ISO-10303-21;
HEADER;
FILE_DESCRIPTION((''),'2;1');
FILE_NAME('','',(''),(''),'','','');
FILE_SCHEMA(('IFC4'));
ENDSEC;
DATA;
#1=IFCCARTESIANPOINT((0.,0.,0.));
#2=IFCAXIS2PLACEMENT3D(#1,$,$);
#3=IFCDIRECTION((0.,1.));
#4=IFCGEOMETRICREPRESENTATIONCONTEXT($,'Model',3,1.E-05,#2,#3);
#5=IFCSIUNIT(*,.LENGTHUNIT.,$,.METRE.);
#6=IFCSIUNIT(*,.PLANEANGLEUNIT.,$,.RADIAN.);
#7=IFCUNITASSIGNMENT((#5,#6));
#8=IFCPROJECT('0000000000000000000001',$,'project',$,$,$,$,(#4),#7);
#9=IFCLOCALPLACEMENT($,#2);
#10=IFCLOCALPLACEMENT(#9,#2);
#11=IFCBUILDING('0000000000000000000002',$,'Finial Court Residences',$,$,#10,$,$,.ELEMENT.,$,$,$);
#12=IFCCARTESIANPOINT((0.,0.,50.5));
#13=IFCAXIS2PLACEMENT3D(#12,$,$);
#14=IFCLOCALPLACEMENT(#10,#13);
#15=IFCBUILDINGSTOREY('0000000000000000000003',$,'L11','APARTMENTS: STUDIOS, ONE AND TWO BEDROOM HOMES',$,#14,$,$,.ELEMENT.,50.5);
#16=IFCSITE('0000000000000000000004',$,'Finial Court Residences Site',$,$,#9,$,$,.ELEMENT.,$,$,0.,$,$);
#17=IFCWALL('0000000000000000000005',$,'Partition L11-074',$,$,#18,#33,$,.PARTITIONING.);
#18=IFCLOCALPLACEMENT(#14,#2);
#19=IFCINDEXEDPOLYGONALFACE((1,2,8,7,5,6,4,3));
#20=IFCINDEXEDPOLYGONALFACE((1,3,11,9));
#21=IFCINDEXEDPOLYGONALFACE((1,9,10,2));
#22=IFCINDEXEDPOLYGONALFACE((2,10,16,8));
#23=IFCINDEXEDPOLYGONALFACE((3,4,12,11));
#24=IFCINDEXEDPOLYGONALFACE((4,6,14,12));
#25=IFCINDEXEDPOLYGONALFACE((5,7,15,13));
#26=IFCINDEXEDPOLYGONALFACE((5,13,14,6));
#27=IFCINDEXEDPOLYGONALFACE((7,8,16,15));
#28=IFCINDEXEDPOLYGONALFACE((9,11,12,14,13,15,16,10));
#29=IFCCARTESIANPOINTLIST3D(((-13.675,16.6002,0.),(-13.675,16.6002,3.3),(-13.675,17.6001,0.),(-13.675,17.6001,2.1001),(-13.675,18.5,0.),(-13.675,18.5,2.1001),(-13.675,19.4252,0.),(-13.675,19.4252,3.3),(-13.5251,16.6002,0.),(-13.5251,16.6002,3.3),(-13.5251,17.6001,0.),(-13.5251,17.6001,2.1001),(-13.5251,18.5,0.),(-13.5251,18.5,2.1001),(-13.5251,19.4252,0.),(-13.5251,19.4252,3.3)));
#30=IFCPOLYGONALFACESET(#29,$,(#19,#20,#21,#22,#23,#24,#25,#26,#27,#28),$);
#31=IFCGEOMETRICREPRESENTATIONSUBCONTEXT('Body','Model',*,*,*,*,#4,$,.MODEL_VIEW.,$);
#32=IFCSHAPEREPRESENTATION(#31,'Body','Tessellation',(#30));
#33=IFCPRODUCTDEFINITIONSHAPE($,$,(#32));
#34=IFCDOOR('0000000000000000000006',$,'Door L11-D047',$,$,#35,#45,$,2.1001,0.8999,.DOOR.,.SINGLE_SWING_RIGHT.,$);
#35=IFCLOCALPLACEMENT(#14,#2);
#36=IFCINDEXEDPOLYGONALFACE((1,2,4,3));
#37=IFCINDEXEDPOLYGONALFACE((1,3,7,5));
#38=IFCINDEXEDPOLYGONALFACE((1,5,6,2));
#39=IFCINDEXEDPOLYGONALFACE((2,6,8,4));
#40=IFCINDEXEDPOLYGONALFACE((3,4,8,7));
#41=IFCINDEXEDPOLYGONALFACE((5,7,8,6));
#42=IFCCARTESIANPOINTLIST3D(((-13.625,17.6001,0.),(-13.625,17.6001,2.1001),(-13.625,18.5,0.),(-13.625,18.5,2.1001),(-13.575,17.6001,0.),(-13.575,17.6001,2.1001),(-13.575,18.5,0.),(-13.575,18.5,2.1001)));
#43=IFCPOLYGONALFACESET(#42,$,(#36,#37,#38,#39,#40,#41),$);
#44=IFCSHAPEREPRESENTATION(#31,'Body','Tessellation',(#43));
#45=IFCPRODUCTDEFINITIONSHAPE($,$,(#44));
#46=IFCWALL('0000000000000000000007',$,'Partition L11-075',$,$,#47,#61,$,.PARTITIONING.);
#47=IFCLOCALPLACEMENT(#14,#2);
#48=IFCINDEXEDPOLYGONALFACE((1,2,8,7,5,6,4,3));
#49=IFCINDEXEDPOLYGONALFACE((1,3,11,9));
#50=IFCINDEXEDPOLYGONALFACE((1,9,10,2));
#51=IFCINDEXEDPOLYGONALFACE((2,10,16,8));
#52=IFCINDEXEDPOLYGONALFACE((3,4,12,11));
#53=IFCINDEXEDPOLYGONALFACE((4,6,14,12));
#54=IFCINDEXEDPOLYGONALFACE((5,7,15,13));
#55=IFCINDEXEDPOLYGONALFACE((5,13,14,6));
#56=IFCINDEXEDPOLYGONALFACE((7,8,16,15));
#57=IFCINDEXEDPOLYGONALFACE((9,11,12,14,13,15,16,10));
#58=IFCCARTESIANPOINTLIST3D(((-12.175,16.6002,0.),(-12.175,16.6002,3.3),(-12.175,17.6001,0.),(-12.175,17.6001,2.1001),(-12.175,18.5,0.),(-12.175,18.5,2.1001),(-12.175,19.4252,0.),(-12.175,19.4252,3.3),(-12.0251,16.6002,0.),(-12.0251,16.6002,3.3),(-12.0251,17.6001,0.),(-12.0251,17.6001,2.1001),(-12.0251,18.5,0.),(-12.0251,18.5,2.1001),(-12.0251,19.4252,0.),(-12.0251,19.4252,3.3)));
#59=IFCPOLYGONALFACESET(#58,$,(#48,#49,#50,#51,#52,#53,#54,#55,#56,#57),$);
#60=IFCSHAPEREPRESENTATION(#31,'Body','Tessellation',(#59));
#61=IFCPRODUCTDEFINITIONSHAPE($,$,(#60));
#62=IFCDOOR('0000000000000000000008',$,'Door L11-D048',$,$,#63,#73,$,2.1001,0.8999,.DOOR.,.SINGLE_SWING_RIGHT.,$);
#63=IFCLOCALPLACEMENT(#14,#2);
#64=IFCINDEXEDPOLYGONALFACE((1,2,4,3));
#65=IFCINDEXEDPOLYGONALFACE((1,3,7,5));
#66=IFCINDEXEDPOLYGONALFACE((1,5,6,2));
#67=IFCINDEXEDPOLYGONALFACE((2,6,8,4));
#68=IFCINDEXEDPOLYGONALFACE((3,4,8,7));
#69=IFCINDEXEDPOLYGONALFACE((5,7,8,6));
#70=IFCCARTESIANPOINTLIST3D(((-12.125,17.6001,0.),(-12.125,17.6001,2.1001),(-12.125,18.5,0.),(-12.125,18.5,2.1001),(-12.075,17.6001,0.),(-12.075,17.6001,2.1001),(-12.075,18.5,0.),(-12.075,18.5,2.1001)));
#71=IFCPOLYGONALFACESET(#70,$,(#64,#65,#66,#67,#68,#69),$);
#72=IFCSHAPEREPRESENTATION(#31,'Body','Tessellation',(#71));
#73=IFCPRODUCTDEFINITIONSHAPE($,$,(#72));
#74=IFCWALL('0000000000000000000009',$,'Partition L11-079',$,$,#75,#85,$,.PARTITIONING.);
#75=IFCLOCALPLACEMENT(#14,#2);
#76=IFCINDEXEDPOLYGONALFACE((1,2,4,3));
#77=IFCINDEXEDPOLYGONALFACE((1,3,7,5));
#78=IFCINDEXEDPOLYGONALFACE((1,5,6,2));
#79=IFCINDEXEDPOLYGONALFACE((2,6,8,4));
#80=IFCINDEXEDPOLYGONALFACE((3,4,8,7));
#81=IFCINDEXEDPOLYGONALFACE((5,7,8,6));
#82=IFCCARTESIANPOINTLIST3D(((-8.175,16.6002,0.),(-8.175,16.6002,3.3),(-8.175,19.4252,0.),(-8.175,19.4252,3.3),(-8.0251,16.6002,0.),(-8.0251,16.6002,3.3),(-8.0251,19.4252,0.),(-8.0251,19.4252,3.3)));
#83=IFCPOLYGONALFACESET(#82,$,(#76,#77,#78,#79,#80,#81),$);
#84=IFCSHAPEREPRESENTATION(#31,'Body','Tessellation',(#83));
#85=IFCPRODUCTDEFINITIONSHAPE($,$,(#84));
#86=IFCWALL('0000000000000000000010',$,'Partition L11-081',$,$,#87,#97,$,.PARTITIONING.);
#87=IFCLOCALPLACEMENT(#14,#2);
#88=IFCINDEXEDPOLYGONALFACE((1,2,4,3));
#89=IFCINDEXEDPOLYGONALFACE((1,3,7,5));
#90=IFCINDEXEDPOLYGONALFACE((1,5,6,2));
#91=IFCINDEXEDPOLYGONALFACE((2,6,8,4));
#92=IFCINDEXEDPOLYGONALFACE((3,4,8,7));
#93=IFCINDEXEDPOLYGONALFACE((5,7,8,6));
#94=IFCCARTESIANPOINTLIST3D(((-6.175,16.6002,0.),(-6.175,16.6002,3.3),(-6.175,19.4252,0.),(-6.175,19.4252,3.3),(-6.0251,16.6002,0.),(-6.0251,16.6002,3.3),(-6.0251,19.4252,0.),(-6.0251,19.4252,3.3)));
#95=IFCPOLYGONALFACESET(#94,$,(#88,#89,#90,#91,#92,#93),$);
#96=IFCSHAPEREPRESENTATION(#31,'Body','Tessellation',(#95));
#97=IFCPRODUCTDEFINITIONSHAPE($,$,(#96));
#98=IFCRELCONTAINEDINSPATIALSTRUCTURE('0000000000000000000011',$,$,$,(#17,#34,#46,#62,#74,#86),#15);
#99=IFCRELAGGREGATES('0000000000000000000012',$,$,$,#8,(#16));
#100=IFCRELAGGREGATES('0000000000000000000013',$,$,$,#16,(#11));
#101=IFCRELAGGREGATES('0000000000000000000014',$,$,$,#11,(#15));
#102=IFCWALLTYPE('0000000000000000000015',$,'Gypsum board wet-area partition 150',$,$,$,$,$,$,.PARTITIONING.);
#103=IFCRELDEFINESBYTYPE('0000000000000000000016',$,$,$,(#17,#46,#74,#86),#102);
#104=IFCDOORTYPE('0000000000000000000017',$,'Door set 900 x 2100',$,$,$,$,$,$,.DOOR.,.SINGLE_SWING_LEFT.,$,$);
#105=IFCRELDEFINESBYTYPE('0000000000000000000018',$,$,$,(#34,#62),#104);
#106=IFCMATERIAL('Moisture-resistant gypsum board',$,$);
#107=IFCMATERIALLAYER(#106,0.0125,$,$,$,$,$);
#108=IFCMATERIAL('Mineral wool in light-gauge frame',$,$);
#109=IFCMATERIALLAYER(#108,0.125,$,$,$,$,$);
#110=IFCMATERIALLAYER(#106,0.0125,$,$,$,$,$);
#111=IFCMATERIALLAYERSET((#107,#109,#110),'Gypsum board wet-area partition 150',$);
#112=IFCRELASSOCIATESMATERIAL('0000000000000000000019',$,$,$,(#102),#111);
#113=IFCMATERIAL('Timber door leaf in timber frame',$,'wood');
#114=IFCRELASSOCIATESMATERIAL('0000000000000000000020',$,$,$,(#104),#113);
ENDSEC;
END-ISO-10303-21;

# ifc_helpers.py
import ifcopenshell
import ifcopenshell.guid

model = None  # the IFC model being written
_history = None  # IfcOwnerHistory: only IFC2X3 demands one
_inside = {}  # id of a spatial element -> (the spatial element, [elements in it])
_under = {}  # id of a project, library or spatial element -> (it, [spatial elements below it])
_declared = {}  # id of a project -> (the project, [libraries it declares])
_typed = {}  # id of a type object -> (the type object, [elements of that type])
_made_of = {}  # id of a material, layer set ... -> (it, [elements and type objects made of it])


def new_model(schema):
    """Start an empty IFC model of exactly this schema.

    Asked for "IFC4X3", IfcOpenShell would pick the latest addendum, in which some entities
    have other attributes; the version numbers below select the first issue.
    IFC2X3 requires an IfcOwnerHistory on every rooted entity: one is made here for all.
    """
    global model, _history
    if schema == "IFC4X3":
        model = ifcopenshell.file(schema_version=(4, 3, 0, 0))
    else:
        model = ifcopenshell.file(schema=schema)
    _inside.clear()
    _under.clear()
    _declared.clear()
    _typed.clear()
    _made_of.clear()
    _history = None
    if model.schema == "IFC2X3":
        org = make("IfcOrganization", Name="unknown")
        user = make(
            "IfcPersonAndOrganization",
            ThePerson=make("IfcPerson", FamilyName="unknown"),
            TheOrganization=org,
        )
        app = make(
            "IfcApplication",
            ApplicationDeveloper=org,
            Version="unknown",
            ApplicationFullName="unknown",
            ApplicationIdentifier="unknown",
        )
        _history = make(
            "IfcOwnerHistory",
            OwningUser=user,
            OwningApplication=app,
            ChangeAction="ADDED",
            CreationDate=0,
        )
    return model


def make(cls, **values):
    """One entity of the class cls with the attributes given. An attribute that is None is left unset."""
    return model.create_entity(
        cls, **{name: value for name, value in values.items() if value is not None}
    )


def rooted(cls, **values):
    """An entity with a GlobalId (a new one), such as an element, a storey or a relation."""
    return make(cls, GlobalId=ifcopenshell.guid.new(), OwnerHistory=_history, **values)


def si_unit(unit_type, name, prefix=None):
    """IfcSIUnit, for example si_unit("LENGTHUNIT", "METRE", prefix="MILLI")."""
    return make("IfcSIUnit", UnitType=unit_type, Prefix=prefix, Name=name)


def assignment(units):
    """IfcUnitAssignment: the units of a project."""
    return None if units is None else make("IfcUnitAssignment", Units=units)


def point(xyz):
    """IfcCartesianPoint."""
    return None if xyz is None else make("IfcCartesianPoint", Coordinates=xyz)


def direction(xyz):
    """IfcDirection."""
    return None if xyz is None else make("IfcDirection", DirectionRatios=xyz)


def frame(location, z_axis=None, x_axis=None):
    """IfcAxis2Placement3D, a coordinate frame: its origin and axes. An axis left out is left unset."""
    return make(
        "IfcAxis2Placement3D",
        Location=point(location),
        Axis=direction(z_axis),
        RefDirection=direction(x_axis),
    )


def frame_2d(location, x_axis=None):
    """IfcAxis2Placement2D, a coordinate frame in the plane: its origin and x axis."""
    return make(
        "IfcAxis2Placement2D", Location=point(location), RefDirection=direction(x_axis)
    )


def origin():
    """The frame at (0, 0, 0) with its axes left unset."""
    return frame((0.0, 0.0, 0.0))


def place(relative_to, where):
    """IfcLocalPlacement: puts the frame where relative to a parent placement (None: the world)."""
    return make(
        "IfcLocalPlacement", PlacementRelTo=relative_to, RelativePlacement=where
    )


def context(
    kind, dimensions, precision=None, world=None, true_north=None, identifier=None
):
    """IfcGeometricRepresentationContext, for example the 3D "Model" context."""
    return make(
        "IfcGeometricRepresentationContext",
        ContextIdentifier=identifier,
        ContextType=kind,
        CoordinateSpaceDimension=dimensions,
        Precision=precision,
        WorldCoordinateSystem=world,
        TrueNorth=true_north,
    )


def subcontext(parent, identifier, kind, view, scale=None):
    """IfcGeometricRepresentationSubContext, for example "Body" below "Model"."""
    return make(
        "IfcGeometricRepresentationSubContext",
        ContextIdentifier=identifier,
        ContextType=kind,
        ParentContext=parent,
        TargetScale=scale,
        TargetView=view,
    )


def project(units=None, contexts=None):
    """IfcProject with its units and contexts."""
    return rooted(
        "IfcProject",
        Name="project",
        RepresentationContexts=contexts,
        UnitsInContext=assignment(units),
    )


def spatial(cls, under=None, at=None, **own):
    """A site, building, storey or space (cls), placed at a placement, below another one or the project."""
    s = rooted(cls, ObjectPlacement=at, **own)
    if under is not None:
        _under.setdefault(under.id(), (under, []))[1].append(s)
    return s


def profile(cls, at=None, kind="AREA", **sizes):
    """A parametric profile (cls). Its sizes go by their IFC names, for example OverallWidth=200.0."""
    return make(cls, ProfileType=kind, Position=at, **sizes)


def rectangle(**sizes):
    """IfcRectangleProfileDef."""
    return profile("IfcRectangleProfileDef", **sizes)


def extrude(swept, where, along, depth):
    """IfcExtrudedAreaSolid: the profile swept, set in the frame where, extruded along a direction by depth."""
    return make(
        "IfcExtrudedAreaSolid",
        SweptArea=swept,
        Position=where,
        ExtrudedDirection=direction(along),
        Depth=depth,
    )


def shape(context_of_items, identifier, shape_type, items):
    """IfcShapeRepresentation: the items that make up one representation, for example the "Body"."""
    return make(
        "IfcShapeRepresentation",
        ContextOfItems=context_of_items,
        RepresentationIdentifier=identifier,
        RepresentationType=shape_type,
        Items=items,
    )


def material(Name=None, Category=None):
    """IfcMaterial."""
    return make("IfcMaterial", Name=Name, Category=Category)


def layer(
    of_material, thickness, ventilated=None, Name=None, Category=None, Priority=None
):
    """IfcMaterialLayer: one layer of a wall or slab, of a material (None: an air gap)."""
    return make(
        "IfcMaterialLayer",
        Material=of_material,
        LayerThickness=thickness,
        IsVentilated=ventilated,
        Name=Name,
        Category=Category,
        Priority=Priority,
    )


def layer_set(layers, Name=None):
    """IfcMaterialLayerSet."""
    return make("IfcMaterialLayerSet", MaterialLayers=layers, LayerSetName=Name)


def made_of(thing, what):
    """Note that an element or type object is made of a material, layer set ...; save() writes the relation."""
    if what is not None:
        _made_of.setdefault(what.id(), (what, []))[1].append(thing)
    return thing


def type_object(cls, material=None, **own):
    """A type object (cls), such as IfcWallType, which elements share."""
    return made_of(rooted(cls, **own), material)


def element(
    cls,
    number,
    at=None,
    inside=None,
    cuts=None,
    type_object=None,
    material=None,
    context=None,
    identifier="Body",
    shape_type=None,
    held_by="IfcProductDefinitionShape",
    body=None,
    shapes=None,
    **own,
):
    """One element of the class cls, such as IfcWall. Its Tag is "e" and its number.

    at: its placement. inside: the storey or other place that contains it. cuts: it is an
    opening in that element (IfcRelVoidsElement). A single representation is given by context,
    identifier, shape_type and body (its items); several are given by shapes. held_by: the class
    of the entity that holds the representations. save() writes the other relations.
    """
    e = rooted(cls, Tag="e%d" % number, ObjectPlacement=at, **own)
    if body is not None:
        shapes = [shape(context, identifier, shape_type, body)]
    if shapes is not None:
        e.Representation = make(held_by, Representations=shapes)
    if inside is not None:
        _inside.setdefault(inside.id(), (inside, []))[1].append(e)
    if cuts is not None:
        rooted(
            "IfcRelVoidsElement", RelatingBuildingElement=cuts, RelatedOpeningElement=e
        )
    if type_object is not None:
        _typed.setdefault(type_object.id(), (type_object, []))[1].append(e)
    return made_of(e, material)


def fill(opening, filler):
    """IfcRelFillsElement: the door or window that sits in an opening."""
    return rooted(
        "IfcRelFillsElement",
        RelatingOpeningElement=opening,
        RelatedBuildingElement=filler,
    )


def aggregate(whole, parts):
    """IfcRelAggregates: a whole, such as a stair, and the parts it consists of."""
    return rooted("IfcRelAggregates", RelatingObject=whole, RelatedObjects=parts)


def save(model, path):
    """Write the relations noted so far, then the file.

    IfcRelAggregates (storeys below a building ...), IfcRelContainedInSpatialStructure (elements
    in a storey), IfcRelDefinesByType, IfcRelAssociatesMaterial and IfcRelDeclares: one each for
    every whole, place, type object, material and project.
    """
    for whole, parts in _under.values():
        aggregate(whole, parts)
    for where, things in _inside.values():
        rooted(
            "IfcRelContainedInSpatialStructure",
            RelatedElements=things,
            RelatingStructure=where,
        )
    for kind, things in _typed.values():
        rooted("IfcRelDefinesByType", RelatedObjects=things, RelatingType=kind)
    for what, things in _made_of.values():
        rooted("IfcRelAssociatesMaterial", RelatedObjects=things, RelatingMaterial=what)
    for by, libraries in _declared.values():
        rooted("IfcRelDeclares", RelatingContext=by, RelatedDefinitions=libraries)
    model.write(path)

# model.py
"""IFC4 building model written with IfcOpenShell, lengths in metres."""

from ifc_helpers import new_model, si_unit, direction, frame, frame_2d, origin, place, context, subcontext, project, spatial, rectangle, extrude, material, layer, layer_set, type_object, element, fill, save


model = new_model("IFC4")

# Units and contexts
model_context = context("Model", 3, precision=1e-05, world=origin(), true_north=direction((0.0, 1.0)))
body_context = subcontext(model_context, "Body", "Model", "MODEL_VIEW")
ifc_project = project(units=[si_unit("LENGTHUNIT", "METRE"), si_unit("PLANEANGLEUNIT", "RADIAN")], contexts=[model_context])

# Site, building, storey
site_placement = place(None, origin())
site = spatial("IfcSite", under=ifc_project, at=site_placement, Name="Finial Court Residences Site", CompositionType="ELEMENT", RefElevation=0.0)
building_placement = place(site_placement, origin())
building = spatial("IfcBuilding", under=site, at=building_placement, Name="Finial Court Residences", CompositionType="ELEMENT")
storey_placement = place(building_placement, frame((0.0, 0.0, 50.5)))
storey = spatial("IfcBuildingStorey", under=building, at=storey_placement, Name="L11", Description="APARTMENTS: STUDIOS, ONE AND TWO BEDROOM HOMES", CompositionType="ELEMENT", Elevation=50.5)

# Shared definitions
ifc_material_1 = material(Name="Mineral wool in light-gauge frame")

# Walls, openings, doors
ifc_material_2 = material(Name="Moisture-resistant gypsum board")
ifc_layer_1 = layer(ifc_material_2, 0.0125)
ifc_layer_2 = layer(ifc_material_1, 0.125)
ifc_layer_3 = layer(ifc_material_2, 0.0125)
ifc_layer_set_1 = layer_set([ifc_layer_1, ifc_layer_2, ifc_layer_3], Name="Gypsum board wet-area partition 150")
wall_type_1 = type_object("IfcWallType", Name="Gypsum board wet-area partition 150", PredefinedType="PARTITIONING", material=ifc_layer_set_1)
wall_1_placement = place(storey_placement, frame((-13.6001, 16.6001, 0.0), z_axis=(0.0, 0.0, 1.0), x_axis=(0.0, 1.0, 0.0)))
wall_1 = element("IfcWall", 1, at=wall_1_placement, inside=storey, type_object=wall_type_1, Name="Partition L11-074", PredefinedType="PARTITIONING", context=body_context, shape_type="SweptSolid", body=[
    extrude(rectangle(XDim=2.825, YDim=0.1499, at=frame_2d((1.4126, 0.0))), origin(), (0.0, 0.0, 1.0), 3.3),
])
opening_1_placement = place(wall_1_placement, frame((1.0, 0.0, 0.0)))
opening_1 = element("IfcOpeningElement", 2, at=opening_1_placement, cuts=wall_1, PredefinedType="OPENING", context=body_context, shape_type="SweptSolid", body=[
    extrude(rectangle(XDim=0.8999, YDim=2.1001, at=frame_2d((0.45, 1.05))), frame((0.0, 0.085, 0.0), z_axis=(0.0, -1.0, 0.0), x_axis=(1.0, 0.0, 0.0)), (0.0, 0.0, 1.0), 0.1699),
])
ifc_material_3 = material(Name="Timber door leaf in timber frame", Category="wood")
door_type_1 = type_object("IfcDoorType", Name="Door set 900 x 2100", OperationType="SINGLE_SWING_LEFT", PredefinedType="DOOR", material=ifc_material_3)
door_1_placement = place(opening_1_placement, origin())
door_1 = element("IfcDoor", 3, at=door_1_placement, inside=storey, type_object=door_type_1, Name="Door L11-D047", OperationType="SINGLE_SWING_RIGHT", OverallHeight=2.1001, OverallWidth=0.8999, PredefinedType="DOOR", context=body_context, shape_type="SweptSolid", body=[
    extrude(rectangle(XDim=0.8999, YDim=2.1001, at=frame_2d((0.45, 1.05))), frame((0.0, 0.0249, 0.0), z_axis=(0.0, -1.0, 0.0), x_axis=(1.0, 0.0, 0.0)), (0.0, 0.0, 1.0), 0.05),
])
fill(opening_1, door_1)
wall_2_placement = place(storey_placement, frame((-12.1001, 16.6001, 0.0), z_axis=(0.0, 0.0, 1.0), x_axis=(0.0, 1.0, 0.0)))
wall_2 = element("IfcWall", 4, at=wall_2_placement, inside=storey, type_object=wall_type_1, Name="Partition L11-075", PredefinedType="PARTITIONING", context=body_context, shape_type="SweptSolid", body=[
    extrude(rectangle(XDim=2.825, YDim=0.1499, at=frame_2d((1.4126, 0.0))), origin(), (0.0, 0.0, 1.0), 3.3),
])
opening_2_placement = place(wall_2_placement, frame((1.0, 0.0, 0.0)))
opening_2 = element("IfcOpeningElement", 5, at=opening_2_placement, cuts=wall_2, PredefinedType="OPENING", context=body_context, shape_type="SweptSolid", body=[
    extrude(rectangle(XDim=0.8999, YDim=2.1001, at=frame_2d((0.45, 1.05))), frame((0.0, 0.085, 0.0), z_axis=(0.0, -1.0, 0.0), x_axis=(1.0, 0.0, 0.0)), (0.0, 0.0, 1.0), 0.1699),
])
door_2_placement = place(opening_2_placement, origin())
door_2 = element("IfcDoor", 6, at=door_2_placement, inside=storey, type_object=door_type_1, Name="Door L11-D048", OperationType="SINGLE_SWING_RIGHT", OverallHeight=2.1001, OverallWidth=0.8999, PredefinedType="DOOR", context=body_context, shape_type="SweptSolid", body=[
    extrude(rectangle(XDim=0.8999, YDim=2.1001, at=frame_2d((0.45, 1.05))), frame((0.0, 0.0249, 0.0), z_axis=(0.0, -1.0, 0.0), x_axis=(1.0, 0.0, 0.0)), (0.0, 0.0, 1.0), 0.05),
])
fill(opening_2, door_2)

# Walls
for number, where, z_axis, x_axis, name in (
    (7, (-8.1001, 16.6001, 0.0), (0.0, 0.0, 1.0), (0.0, 1.0, 0.0), "Partition L11-079"),
    (8, (-6.1001, 16.6001, 0.0), (0.0, 0.0, 1.0), (0.0, 1.0, 0.0), "Partition L11-081"),
):
    element("IfcWall", number, at=place(storey_placement, frame(where, z_axis=z_axis, x_axis=x_axis)), inside=storey, type_object=wall_type_1, Name=name, PredefinedType="PARTITIONING", context=body_context, shape_type="SweptSolid", body=[
        extrude(rectangle(XDim=2.825, YDim=0.1499, at=frame_2d((1.4126, 0.0))), origin(), (0.0, 0.0, 1.0), 3.3),
    ])

save(model, "model.ifc")
